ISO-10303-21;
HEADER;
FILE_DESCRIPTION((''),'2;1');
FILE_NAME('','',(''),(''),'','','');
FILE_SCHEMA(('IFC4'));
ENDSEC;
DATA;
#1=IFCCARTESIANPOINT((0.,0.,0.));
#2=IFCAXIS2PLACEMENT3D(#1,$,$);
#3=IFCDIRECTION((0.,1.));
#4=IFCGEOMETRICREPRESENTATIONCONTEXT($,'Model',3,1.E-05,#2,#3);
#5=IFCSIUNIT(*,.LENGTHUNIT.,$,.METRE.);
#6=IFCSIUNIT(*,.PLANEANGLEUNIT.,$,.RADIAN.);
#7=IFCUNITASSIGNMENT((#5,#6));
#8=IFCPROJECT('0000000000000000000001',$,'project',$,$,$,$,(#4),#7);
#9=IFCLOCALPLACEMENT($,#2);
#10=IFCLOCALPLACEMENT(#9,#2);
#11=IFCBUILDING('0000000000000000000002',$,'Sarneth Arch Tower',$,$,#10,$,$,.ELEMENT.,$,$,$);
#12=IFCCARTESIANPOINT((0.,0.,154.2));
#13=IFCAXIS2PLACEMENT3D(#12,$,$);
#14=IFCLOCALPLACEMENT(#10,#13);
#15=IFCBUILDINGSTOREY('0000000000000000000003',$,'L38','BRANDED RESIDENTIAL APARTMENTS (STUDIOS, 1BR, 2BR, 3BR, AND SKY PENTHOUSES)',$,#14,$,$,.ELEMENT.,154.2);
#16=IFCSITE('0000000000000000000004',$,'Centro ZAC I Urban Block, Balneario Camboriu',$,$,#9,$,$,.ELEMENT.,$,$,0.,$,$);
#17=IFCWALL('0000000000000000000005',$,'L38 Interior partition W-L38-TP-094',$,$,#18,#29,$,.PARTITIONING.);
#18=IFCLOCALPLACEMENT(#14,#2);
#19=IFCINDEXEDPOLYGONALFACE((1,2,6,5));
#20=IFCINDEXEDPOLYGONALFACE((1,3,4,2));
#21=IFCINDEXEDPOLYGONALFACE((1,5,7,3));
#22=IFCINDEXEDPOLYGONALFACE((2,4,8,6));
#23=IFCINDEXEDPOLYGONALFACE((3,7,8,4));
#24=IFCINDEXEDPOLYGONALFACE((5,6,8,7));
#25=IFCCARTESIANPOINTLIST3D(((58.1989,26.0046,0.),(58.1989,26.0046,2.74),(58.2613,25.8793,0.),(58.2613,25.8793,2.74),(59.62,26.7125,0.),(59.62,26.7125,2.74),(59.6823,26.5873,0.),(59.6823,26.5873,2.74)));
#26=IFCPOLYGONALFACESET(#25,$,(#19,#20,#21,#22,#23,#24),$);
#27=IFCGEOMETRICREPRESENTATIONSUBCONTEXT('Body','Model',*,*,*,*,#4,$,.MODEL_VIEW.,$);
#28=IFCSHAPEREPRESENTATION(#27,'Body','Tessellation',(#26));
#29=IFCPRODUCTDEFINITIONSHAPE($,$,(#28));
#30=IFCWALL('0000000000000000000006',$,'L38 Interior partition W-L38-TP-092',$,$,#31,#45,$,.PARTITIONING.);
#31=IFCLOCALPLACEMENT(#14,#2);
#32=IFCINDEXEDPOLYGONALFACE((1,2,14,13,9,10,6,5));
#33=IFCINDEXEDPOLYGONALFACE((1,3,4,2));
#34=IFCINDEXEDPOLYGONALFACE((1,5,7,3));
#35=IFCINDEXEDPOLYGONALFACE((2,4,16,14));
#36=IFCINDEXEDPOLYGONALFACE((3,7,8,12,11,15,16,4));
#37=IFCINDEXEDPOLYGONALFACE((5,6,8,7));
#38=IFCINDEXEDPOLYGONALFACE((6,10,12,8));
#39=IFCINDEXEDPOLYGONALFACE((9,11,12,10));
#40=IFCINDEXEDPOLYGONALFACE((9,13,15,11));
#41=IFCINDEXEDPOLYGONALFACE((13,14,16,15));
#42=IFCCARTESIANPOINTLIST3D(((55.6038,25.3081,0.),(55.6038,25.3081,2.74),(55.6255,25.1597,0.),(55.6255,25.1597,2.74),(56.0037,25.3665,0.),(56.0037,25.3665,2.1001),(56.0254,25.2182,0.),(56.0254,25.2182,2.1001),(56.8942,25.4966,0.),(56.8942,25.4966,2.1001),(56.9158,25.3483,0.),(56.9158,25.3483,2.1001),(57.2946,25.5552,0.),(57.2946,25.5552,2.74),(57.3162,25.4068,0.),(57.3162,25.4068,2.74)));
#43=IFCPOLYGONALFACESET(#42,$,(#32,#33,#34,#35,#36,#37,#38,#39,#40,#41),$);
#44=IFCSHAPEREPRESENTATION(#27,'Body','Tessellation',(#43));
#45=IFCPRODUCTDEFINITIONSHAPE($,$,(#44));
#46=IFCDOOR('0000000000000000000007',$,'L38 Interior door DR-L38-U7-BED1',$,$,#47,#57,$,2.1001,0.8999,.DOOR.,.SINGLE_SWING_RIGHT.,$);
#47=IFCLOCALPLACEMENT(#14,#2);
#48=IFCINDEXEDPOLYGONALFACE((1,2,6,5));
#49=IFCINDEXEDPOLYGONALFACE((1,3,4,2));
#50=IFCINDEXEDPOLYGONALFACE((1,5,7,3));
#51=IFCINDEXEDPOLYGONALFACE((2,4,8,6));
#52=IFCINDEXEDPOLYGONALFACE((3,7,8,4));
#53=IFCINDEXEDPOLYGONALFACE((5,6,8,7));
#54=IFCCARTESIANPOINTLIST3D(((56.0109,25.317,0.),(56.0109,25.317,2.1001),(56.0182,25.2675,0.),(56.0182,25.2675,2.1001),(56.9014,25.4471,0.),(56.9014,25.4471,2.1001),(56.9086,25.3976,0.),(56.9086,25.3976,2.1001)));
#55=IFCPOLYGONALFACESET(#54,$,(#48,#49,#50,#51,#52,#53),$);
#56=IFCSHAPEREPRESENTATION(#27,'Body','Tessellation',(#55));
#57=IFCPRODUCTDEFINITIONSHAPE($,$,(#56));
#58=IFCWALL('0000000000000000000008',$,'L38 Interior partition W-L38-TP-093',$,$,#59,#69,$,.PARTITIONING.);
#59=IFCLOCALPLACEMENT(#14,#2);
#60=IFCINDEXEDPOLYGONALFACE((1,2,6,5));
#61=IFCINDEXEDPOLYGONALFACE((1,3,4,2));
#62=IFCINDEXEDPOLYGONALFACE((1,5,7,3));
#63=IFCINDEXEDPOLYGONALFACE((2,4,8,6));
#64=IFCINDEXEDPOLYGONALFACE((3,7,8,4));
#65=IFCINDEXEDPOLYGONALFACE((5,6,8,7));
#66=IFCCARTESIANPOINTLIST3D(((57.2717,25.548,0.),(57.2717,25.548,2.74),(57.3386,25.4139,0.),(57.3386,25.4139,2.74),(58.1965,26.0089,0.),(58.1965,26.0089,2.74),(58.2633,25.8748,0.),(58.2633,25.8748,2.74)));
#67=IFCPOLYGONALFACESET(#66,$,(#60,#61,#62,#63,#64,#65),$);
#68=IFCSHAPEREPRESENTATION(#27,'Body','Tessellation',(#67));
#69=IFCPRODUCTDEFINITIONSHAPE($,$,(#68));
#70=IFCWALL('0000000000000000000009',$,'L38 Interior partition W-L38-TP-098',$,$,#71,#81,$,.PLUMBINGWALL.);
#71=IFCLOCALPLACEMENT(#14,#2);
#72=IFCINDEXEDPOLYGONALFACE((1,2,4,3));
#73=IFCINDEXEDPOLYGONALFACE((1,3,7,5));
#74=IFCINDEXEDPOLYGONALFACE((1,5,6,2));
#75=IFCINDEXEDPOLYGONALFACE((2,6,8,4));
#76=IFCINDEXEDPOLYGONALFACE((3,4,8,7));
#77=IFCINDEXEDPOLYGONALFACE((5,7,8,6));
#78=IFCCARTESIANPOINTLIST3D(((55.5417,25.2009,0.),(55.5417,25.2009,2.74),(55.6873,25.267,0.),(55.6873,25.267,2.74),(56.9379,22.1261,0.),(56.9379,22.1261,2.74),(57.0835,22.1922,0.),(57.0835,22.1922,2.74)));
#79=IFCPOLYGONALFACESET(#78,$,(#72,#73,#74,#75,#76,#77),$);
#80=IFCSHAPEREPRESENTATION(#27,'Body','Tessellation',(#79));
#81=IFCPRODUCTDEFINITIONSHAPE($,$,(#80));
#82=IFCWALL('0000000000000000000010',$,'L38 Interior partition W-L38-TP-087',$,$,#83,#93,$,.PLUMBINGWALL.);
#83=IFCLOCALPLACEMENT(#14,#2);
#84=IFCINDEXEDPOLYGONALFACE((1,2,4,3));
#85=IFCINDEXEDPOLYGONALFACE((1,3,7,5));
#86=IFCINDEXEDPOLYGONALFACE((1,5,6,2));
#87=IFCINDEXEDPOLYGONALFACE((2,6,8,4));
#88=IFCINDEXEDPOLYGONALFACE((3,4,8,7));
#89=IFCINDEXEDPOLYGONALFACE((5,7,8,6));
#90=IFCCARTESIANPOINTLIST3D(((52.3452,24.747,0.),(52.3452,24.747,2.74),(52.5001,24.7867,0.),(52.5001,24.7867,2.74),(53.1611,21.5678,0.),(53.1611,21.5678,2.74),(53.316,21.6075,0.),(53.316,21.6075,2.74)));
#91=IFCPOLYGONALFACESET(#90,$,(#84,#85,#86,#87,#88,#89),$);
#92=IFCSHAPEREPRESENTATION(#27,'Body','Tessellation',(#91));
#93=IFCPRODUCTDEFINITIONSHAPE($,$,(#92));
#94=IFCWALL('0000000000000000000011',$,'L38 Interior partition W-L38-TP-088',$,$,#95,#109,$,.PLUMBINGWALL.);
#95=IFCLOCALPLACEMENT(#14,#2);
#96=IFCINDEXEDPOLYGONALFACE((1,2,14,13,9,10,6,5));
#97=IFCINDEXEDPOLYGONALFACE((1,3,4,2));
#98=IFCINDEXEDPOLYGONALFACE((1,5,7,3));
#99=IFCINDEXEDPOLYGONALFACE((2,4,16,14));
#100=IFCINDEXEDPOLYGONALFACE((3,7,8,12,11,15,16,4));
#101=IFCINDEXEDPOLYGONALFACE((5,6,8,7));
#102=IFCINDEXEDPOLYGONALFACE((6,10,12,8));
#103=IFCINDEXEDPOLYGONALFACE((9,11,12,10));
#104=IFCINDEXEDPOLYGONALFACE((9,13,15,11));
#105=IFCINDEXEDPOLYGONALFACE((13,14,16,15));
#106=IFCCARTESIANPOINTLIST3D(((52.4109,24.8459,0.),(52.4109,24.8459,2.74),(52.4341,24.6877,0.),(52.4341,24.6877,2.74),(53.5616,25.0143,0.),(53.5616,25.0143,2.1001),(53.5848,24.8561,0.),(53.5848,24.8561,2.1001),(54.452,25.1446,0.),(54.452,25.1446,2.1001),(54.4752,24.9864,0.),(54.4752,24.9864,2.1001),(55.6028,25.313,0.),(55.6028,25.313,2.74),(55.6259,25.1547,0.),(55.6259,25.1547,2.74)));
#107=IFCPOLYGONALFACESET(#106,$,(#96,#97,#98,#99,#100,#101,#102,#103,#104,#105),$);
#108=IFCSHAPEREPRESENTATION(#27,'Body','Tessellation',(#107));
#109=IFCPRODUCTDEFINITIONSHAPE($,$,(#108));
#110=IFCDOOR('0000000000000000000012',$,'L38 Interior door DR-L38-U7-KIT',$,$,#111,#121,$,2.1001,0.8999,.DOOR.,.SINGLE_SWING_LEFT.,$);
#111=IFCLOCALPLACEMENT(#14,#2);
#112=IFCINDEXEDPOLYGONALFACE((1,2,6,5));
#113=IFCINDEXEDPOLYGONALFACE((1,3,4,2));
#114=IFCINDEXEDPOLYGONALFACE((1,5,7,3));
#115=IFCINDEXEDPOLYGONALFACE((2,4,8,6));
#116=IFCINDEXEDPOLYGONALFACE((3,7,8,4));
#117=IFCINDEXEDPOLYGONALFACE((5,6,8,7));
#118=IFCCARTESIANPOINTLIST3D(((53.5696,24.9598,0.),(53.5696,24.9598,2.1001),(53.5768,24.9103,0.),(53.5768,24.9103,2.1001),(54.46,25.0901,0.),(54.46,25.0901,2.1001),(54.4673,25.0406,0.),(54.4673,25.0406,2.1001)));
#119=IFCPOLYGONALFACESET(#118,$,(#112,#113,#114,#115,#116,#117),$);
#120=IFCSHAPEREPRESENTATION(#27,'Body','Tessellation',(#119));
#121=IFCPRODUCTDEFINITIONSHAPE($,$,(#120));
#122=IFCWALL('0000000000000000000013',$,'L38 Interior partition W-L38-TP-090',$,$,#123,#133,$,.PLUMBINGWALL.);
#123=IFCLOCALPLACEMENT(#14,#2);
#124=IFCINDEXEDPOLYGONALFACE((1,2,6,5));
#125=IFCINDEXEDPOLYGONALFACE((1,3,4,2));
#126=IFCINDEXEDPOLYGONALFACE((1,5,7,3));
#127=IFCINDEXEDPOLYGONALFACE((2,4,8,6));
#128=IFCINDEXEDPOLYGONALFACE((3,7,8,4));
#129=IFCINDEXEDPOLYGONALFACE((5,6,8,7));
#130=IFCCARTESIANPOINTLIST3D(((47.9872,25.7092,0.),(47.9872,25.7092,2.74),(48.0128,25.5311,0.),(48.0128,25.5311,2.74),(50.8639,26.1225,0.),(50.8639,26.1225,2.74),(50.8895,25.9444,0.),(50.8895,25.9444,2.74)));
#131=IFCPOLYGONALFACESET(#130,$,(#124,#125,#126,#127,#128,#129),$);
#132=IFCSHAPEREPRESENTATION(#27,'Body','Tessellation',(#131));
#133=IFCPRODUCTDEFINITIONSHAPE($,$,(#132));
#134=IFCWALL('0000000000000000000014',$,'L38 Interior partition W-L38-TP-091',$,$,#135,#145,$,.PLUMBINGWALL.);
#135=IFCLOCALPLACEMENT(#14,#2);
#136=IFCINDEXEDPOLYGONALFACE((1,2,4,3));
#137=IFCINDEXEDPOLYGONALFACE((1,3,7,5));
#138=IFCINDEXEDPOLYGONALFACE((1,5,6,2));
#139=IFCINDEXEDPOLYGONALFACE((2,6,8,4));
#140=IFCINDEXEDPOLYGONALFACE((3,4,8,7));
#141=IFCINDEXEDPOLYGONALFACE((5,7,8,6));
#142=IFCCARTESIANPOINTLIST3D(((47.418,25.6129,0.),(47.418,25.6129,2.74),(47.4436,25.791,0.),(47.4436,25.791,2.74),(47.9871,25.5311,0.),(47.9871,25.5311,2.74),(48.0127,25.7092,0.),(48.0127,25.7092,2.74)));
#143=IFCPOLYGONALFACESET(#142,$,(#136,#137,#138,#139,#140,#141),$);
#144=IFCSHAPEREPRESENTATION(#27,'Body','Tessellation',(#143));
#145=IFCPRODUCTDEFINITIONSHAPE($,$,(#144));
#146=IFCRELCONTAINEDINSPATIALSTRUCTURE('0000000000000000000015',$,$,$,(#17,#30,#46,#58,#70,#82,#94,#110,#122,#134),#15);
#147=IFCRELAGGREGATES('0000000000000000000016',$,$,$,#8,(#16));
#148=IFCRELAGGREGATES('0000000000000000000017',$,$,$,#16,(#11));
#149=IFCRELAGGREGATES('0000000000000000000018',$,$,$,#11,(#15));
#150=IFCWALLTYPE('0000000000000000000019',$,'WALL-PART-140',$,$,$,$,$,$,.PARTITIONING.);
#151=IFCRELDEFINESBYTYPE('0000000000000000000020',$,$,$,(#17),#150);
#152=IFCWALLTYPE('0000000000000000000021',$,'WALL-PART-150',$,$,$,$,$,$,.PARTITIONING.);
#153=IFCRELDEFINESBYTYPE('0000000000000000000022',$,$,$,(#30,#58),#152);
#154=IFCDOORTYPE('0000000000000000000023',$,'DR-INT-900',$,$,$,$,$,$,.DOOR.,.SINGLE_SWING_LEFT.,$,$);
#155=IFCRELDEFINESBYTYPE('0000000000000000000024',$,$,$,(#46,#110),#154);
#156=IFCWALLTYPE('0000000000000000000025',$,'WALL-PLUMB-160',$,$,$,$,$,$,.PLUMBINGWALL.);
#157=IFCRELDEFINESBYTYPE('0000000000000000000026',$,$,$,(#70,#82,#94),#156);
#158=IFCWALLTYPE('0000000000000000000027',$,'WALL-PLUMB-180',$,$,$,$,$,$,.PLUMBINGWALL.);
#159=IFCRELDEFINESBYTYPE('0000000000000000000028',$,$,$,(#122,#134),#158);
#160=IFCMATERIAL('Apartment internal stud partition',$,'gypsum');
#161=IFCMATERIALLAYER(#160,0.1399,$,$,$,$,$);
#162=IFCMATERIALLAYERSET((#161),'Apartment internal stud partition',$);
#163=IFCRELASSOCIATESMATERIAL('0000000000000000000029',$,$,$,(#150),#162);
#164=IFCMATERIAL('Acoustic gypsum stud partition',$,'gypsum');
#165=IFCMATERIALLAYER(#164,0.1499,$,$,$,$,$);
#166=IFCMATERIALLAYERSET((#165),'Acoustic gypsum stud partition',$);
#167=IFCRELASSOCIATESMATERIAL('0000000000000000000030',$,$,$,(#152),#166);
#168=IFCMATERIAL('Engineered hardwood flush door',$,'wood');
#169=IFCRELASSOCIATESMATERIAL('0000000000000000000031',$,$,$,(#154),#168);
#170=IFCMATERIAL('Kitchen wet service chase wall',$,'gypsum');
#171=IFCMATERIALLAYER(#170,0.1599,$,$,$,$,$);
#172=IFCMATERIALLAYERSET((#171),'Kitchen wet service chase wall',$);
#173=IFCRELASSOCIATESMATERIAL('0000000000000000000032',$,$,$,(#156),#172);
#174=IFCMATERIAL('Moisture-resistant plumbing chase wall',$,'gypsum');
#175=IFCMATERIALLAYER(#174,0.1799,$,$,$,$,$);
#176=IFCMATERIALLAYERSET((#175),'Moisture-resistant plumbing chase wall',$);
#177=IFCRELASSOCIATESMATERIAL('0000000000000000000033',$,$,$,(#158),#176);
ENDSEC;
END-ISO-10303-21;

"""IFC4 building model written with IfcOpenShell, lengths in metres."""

from ifc_helpers import new_model, si_unit, direction, frame, frame_2d, origin, place, context, subcontext, project, spatial, rectangle, extrude, material, layer, layer_set, type_object, element, fill, save


model = new_model("IFC4")

# Units and contexts
model_context = context("Model", 3, precision=1e-05, world=origin(), true_north=direction((0.0, 1.0)))
body_context = subcontext(model_context, "Body", "Model", "MODEL_VIEW")
ifc_project = project(units=[si_unit("LENGTHUNIT", "METRE"), si_unit("PLANEANGLEUNIT", "RADIAN")], contexts=[model_context])

# Site, building, storey
site_placement = place(None, origin())
site = spatial("IfcSite", under=ifc_project, at=site_placement, Name="Centro ZAC I Urban Block, Balneario Camboriu", CompositionType="ELEMENT", RefElevation=0.0)
building_placement = place(site_placement, origin())
building = spatial("IfcBuilding", under=site, at=building_placement, Name="Sarneth Arch Tower", CompositionType="ELEMENT")
storey_placement = place(building_placement, frame((0.0, 0.0, 154.2)))
storey = spatial("IfcBuildingStorey", under=building, at=storey_placement, Name="L38", Description="BRANDED RESIDENTIAL APARTMENTS (STUDIOS, 1BR, 2BR, 3BR, AND SKY PENTHOUSES)", CompositionType="ELEMENT", Elevation=154.2)

# Wall
ifc_material_1 = material(Name="Apartment internal stud partition", Category="gypsum")
ifc_layer_1 = layer(ifc_material_1, 0.1399)
ifc_layer_set_1 = layer_set([ifc_layer_1], Name="Apartment internal stud partition")
wall_type_1 = type_object("IfcWallType", Name="WALL-PART-140", PredefinedType="PARTITIONING", material=ifc_layer_set_1)
wall_1_placement = place(storey_placement, frame((58.23, 25.9419, 0.0), z_axis=(0.0, 0.0, 1.0), x_axis=(0.895072, 0.445921, 0.0)))
element("IfcWall", 1, at=wall_1_placement, inside=storey, type_object=wall_type_1, Name="L38 Interior partition W-L38-TP-094", PredefinedType="PARTITIONING", context=body_context, shape_type="SweptSolid", body=[
    extrude(rectangle(XDim=1.5876, YDim=0.1399, at=frame_2d((0.7939, 0.0))), origin(), (0.0, 0.0, 1.0), 2.74),
])

# Wall, opening, door
ifc_material_2 = material(Name="Acoustic gypsum stud partition", Category="gypsum")
ifc_layer_2 = layer(ifc_material_2, 0.1499)
ifc_layer_set_2 = layer_set([ifc_layer_2], Name="Acoustic gypsum stud partition")
wall_type_2 = type_object("IfcWallType", Name="WALL-PART-150", PredefinedType="PARTITIONING", material=ifc_layer_set_2)
wall_2_placement = place(storey_placement, frame((55.6145, 25.2339, 0.0), z_axis=(0.0, 0.0, 1.0), x_axis=(0.98949, 0.144601, 0.0)))
wall_2 = element("IfcWall", 2, at=wall_2_placement, inside=storey, type_object=wall_type_2, Name="L38 Interior partition W-L38-TP-092", PredefinedType="PARTITIONING", context=body_context, shape_type="SweptSolid", body=[
    extrude(rectangle(XDim=1.7087, YDim=0.1499, at=frame_2d((0.8545, 0.0))), origin(), (0.0, 0.0, 1.0), 2.74),
])
opening_1_placement = place(wall_2_placement, frame((0.4043, 0.0, 0.0)))
opening_1 = element("IfcOpeningElement", 3, at=opening_1_placement, cuts=wall_2, PredefinedType="OPENING", context=body_context, shape_type="SweptSolid", body=[
    extrude(rectangle(XDim=0.8999, YDim=2.1001, at=frame_2d((0.45, 1.05))), frame((0.0, 0.085, 0.0), z_axis=(0.0, -1.0, 0.0), x_axis=(1.0, 0.0, 0.0)), (0.0, 0.0, 1.0), 0.1699),
])
ifc_material_3 = material(Name="Engineered hardwood flush door", Category="wood")
door_type_1 = type_object("IfcDoorType", Name="DR-INT-900", OperationType="SINGLE_SWING_LEFT", PredefinedType="DOOR", material=ifc_material_3)
door_1_placement = place(opening_1_placement, origin())
door_1 = element("IfcDoor", 4, at=door_1_placement, inside=storey, type_object=door_type_1, Name="L38 Interior door DR-L38-U7-BED1", OperationType="SINGLE_SWING_RIGHT", OverallHeight=2.1001, OverallWidth=0.8999, PredefinedType="DOOR", context=body_context, shape_type="SweptSolid", body=[
    extrude(rectangle(XDim=0.8999, YDim=2.1001, at=frame_2d((0.45, 1.05))), frame((0.0, 0.0249, 0.0), z_axis=(0.0, -1.0, 0.0), x_axis=(1.0, 0.0, 0.0)), (0.0, 0.0, 1.0), 0.05),
])
fill(opening_1, door_1)

# Walls
wall_3_placement = place(storey_placement, frame((57.3052, 25.481, 0.0), z_axis=(0.0, 0.0, 1.0), x_axis=(0.894994, 0.446079, 0.0)))
element("IfcWall", 5, at=wall_3_placement, inside=storey, type_object=wall_type_2, Name="L38 Interior partition W-L38-TP-093", PredefinedType="PARTITIONING", context=body_context, shape_type="SweptSolid", body=[
    extrude(rectangle(XDim=1.0332, YDim=0.1499, at=frame_2d((0.5166, 0.0))), origin(), (0.0, 0.0, 1.0), 2.74),
])
ifc_material_4 = material(Name="Kitchen wet service chase wall", Category="gypsum")
ifc_layer_3 = layer(ifc_material_4, 0.1599)
ifc_layer_set_3 = layer_set([ifc_layer_3], Name="Kitchen wet service chase wall")
wall_type_3 = type_object("IfcWallType", Name="WALL-PLUMB-160", PredefinedType="PLUMBINGWALL", material=ifc_layer_set_3)
wall_4_placement = place(storey_placement, frame((57.0107, 22.1592, 0.0), z_axis=(0.0, 0.0, 1.0), x_axis=(-0.413471, 0.910517, 0.0)))
element("IfcWall", 6, at=wall_4_placement, inside=storey, type_object=wall_type_3, Name="L38 Interior partition W-L38-TP-098", PredefinedType="PLUMBINGWALL", context=body_context, shape_type="SweptSolid", body=[
    extrude(rectangle(XDim=3.377, YDim=0.1599, at=frame_2d((1.6885, 0.0))), origin(), (0.0, 0.0, 1.0), 2.74),
])
wall_5_placement = place(storey_placement, frame((53.2385, 21.5876, 0.0), z_axis=(0.0, 0.0, 1.0), x_axis=(-0.248587, 0.96861, 0.0)))
element("IfcWall", 7, at=wall_5_placement, inside=storey, type_object=wall_type_3, Name="L38 Interior partition W-L38-TP-087", PredefinedType="PLUMBINGWALL", context=body_context, shape_type="SweptSolid", body=[
    extrude(rectangle(XDim=3.2822, YDim=0.1599, at=frame_2d((1.6411, 0.0))), origin(), (0.0, 0.0, 1.0), 2.74),
])

# Wall, opening, door
wall_6_placement = place(storey_placement, frame((52.4226, 24.7668, 0.0), z_axis=(0.0, 0.0, 1.0), x_axis=(0.989464, 0.144779, 0.0)))
wall_6 = element("IfcWall", 8, at=wall_6_placement, inside=storey, type_object=wall_type_3, Name="L38 Interior partition W-L38-TP-088", PredefinedType="PLUMBINGWALL", context=body_context, shape_type="SweptSolid", body=[
    extrude(rectangle(XDim=3.2258, YDim=0.1599, at=frame_2d((1.6128, 0.0))), origin(), (0.0, 0.0, 1.0), 2.74),
])
opening_2_placement = place(wall_6_placement, frame((1.1628, 0.0, 0.0)))
opening_2 = element("IfcOpeningElement", 9, at=opening_2_placement, cuts=wall_6, PredefinedType="OPENING", context=body_context, shape_type="SweptSolid", body=[
    extrude(rectangle(XDim=0.8999, YDim=2.1001, at=frame_2d((0.45, 1.05))), frame((0.0, 0.0898, 0.0), z_axis=(0.0, -1.0, 0.0), x_axis=(1.0, 0.0, 0.0)), (0.0, 0.0, 1.0), 0.1799),
])
door_2_placement = place(opening_2_placement, origin())
door_2 = element("IfcDoor", 10, at=door_2_placement, inside=storey, type_object=door_type_1, Name="L38 Interior door DR-L38-U7-KIT", OperationType="SINGLE_SWING_LEFT", OverallHeight=2.1001, OverallWidth=0.8999, PredefinedType="DOOR", context=body_context, shape_type="SweptSolid", body=[
    extrude(rectangle(XDim=0.8999, YDim=2.1001, at=frame_2d((0.45, 1.05))), frame((0.0, 0.0249, 0.0), z_axis=(0.0, -1.0, 0.0), x_axis=(1.0, 0.0, 0.0)), (0.0, 0.0, 1.0), 0.05),
])
fill(opening_2, door_2)

# Walls
ifc_material_5 = material(Name="Moisture-resistant plumbing chase wall", Category="gypsum")
ifc_layer_4 = layer(ifc_material_5, 0.1799)
ifc_layer_set_4 = layer_set([ifc_layer_4], Name="Moisture-resistant plumbing chase wall")
wall_type_4 = type_object("IfcWallType", Name="WALL-PLUMB-180", PredefinedType="PLUMBINGWALL", material=ifc_layer_set_4)
wall_7_placement = place(storey_placement, frame((50.8767, 26.0334, 0.0), z_axis=(0.0, 0.0, 1.0), x_axis=(-0.989835, -0.142221, 0.0)))
element("IfcWall", 11, at=wall_7_placement, inside=storey, type_object=wall_type_4, Name="L38 Interior partition W-L38-TP-090", PredefinedType="PLUMBINGWALL", context=body_context, shape_type="SweptSolid", body=[
    extrude(rectangle(XDim=2.9062, YDim=0.1799, at=frame_2d((1.4531, 0.0))), origin(), (0.0, 0.0, 1.0), 2.74),
])
wall_8_placement = place(storey_placement, frame((48.0, 25.6201, 0.0), z_axis=(0.0, 0.0, 1.0), x_axis=(-0.98983, 0.142254, 0.0)))
element("IfcWall", 12, at=wall_8_placement, inside=storey, type_object=wall_type_4, Name="L38 Interior partition W-L38-TP-091", PredefinedType="PLUMBINGWALL", context=body_context, shape_type="SweptSolid", body=[
    extrude(rectangle(XDim=0.575, YDim=0.1799, at=frame_2d((0.2876, 0.0))), origin(), (0.0, 0.0, 1.0), 2.74),
])

save(model, "model.ifc")
